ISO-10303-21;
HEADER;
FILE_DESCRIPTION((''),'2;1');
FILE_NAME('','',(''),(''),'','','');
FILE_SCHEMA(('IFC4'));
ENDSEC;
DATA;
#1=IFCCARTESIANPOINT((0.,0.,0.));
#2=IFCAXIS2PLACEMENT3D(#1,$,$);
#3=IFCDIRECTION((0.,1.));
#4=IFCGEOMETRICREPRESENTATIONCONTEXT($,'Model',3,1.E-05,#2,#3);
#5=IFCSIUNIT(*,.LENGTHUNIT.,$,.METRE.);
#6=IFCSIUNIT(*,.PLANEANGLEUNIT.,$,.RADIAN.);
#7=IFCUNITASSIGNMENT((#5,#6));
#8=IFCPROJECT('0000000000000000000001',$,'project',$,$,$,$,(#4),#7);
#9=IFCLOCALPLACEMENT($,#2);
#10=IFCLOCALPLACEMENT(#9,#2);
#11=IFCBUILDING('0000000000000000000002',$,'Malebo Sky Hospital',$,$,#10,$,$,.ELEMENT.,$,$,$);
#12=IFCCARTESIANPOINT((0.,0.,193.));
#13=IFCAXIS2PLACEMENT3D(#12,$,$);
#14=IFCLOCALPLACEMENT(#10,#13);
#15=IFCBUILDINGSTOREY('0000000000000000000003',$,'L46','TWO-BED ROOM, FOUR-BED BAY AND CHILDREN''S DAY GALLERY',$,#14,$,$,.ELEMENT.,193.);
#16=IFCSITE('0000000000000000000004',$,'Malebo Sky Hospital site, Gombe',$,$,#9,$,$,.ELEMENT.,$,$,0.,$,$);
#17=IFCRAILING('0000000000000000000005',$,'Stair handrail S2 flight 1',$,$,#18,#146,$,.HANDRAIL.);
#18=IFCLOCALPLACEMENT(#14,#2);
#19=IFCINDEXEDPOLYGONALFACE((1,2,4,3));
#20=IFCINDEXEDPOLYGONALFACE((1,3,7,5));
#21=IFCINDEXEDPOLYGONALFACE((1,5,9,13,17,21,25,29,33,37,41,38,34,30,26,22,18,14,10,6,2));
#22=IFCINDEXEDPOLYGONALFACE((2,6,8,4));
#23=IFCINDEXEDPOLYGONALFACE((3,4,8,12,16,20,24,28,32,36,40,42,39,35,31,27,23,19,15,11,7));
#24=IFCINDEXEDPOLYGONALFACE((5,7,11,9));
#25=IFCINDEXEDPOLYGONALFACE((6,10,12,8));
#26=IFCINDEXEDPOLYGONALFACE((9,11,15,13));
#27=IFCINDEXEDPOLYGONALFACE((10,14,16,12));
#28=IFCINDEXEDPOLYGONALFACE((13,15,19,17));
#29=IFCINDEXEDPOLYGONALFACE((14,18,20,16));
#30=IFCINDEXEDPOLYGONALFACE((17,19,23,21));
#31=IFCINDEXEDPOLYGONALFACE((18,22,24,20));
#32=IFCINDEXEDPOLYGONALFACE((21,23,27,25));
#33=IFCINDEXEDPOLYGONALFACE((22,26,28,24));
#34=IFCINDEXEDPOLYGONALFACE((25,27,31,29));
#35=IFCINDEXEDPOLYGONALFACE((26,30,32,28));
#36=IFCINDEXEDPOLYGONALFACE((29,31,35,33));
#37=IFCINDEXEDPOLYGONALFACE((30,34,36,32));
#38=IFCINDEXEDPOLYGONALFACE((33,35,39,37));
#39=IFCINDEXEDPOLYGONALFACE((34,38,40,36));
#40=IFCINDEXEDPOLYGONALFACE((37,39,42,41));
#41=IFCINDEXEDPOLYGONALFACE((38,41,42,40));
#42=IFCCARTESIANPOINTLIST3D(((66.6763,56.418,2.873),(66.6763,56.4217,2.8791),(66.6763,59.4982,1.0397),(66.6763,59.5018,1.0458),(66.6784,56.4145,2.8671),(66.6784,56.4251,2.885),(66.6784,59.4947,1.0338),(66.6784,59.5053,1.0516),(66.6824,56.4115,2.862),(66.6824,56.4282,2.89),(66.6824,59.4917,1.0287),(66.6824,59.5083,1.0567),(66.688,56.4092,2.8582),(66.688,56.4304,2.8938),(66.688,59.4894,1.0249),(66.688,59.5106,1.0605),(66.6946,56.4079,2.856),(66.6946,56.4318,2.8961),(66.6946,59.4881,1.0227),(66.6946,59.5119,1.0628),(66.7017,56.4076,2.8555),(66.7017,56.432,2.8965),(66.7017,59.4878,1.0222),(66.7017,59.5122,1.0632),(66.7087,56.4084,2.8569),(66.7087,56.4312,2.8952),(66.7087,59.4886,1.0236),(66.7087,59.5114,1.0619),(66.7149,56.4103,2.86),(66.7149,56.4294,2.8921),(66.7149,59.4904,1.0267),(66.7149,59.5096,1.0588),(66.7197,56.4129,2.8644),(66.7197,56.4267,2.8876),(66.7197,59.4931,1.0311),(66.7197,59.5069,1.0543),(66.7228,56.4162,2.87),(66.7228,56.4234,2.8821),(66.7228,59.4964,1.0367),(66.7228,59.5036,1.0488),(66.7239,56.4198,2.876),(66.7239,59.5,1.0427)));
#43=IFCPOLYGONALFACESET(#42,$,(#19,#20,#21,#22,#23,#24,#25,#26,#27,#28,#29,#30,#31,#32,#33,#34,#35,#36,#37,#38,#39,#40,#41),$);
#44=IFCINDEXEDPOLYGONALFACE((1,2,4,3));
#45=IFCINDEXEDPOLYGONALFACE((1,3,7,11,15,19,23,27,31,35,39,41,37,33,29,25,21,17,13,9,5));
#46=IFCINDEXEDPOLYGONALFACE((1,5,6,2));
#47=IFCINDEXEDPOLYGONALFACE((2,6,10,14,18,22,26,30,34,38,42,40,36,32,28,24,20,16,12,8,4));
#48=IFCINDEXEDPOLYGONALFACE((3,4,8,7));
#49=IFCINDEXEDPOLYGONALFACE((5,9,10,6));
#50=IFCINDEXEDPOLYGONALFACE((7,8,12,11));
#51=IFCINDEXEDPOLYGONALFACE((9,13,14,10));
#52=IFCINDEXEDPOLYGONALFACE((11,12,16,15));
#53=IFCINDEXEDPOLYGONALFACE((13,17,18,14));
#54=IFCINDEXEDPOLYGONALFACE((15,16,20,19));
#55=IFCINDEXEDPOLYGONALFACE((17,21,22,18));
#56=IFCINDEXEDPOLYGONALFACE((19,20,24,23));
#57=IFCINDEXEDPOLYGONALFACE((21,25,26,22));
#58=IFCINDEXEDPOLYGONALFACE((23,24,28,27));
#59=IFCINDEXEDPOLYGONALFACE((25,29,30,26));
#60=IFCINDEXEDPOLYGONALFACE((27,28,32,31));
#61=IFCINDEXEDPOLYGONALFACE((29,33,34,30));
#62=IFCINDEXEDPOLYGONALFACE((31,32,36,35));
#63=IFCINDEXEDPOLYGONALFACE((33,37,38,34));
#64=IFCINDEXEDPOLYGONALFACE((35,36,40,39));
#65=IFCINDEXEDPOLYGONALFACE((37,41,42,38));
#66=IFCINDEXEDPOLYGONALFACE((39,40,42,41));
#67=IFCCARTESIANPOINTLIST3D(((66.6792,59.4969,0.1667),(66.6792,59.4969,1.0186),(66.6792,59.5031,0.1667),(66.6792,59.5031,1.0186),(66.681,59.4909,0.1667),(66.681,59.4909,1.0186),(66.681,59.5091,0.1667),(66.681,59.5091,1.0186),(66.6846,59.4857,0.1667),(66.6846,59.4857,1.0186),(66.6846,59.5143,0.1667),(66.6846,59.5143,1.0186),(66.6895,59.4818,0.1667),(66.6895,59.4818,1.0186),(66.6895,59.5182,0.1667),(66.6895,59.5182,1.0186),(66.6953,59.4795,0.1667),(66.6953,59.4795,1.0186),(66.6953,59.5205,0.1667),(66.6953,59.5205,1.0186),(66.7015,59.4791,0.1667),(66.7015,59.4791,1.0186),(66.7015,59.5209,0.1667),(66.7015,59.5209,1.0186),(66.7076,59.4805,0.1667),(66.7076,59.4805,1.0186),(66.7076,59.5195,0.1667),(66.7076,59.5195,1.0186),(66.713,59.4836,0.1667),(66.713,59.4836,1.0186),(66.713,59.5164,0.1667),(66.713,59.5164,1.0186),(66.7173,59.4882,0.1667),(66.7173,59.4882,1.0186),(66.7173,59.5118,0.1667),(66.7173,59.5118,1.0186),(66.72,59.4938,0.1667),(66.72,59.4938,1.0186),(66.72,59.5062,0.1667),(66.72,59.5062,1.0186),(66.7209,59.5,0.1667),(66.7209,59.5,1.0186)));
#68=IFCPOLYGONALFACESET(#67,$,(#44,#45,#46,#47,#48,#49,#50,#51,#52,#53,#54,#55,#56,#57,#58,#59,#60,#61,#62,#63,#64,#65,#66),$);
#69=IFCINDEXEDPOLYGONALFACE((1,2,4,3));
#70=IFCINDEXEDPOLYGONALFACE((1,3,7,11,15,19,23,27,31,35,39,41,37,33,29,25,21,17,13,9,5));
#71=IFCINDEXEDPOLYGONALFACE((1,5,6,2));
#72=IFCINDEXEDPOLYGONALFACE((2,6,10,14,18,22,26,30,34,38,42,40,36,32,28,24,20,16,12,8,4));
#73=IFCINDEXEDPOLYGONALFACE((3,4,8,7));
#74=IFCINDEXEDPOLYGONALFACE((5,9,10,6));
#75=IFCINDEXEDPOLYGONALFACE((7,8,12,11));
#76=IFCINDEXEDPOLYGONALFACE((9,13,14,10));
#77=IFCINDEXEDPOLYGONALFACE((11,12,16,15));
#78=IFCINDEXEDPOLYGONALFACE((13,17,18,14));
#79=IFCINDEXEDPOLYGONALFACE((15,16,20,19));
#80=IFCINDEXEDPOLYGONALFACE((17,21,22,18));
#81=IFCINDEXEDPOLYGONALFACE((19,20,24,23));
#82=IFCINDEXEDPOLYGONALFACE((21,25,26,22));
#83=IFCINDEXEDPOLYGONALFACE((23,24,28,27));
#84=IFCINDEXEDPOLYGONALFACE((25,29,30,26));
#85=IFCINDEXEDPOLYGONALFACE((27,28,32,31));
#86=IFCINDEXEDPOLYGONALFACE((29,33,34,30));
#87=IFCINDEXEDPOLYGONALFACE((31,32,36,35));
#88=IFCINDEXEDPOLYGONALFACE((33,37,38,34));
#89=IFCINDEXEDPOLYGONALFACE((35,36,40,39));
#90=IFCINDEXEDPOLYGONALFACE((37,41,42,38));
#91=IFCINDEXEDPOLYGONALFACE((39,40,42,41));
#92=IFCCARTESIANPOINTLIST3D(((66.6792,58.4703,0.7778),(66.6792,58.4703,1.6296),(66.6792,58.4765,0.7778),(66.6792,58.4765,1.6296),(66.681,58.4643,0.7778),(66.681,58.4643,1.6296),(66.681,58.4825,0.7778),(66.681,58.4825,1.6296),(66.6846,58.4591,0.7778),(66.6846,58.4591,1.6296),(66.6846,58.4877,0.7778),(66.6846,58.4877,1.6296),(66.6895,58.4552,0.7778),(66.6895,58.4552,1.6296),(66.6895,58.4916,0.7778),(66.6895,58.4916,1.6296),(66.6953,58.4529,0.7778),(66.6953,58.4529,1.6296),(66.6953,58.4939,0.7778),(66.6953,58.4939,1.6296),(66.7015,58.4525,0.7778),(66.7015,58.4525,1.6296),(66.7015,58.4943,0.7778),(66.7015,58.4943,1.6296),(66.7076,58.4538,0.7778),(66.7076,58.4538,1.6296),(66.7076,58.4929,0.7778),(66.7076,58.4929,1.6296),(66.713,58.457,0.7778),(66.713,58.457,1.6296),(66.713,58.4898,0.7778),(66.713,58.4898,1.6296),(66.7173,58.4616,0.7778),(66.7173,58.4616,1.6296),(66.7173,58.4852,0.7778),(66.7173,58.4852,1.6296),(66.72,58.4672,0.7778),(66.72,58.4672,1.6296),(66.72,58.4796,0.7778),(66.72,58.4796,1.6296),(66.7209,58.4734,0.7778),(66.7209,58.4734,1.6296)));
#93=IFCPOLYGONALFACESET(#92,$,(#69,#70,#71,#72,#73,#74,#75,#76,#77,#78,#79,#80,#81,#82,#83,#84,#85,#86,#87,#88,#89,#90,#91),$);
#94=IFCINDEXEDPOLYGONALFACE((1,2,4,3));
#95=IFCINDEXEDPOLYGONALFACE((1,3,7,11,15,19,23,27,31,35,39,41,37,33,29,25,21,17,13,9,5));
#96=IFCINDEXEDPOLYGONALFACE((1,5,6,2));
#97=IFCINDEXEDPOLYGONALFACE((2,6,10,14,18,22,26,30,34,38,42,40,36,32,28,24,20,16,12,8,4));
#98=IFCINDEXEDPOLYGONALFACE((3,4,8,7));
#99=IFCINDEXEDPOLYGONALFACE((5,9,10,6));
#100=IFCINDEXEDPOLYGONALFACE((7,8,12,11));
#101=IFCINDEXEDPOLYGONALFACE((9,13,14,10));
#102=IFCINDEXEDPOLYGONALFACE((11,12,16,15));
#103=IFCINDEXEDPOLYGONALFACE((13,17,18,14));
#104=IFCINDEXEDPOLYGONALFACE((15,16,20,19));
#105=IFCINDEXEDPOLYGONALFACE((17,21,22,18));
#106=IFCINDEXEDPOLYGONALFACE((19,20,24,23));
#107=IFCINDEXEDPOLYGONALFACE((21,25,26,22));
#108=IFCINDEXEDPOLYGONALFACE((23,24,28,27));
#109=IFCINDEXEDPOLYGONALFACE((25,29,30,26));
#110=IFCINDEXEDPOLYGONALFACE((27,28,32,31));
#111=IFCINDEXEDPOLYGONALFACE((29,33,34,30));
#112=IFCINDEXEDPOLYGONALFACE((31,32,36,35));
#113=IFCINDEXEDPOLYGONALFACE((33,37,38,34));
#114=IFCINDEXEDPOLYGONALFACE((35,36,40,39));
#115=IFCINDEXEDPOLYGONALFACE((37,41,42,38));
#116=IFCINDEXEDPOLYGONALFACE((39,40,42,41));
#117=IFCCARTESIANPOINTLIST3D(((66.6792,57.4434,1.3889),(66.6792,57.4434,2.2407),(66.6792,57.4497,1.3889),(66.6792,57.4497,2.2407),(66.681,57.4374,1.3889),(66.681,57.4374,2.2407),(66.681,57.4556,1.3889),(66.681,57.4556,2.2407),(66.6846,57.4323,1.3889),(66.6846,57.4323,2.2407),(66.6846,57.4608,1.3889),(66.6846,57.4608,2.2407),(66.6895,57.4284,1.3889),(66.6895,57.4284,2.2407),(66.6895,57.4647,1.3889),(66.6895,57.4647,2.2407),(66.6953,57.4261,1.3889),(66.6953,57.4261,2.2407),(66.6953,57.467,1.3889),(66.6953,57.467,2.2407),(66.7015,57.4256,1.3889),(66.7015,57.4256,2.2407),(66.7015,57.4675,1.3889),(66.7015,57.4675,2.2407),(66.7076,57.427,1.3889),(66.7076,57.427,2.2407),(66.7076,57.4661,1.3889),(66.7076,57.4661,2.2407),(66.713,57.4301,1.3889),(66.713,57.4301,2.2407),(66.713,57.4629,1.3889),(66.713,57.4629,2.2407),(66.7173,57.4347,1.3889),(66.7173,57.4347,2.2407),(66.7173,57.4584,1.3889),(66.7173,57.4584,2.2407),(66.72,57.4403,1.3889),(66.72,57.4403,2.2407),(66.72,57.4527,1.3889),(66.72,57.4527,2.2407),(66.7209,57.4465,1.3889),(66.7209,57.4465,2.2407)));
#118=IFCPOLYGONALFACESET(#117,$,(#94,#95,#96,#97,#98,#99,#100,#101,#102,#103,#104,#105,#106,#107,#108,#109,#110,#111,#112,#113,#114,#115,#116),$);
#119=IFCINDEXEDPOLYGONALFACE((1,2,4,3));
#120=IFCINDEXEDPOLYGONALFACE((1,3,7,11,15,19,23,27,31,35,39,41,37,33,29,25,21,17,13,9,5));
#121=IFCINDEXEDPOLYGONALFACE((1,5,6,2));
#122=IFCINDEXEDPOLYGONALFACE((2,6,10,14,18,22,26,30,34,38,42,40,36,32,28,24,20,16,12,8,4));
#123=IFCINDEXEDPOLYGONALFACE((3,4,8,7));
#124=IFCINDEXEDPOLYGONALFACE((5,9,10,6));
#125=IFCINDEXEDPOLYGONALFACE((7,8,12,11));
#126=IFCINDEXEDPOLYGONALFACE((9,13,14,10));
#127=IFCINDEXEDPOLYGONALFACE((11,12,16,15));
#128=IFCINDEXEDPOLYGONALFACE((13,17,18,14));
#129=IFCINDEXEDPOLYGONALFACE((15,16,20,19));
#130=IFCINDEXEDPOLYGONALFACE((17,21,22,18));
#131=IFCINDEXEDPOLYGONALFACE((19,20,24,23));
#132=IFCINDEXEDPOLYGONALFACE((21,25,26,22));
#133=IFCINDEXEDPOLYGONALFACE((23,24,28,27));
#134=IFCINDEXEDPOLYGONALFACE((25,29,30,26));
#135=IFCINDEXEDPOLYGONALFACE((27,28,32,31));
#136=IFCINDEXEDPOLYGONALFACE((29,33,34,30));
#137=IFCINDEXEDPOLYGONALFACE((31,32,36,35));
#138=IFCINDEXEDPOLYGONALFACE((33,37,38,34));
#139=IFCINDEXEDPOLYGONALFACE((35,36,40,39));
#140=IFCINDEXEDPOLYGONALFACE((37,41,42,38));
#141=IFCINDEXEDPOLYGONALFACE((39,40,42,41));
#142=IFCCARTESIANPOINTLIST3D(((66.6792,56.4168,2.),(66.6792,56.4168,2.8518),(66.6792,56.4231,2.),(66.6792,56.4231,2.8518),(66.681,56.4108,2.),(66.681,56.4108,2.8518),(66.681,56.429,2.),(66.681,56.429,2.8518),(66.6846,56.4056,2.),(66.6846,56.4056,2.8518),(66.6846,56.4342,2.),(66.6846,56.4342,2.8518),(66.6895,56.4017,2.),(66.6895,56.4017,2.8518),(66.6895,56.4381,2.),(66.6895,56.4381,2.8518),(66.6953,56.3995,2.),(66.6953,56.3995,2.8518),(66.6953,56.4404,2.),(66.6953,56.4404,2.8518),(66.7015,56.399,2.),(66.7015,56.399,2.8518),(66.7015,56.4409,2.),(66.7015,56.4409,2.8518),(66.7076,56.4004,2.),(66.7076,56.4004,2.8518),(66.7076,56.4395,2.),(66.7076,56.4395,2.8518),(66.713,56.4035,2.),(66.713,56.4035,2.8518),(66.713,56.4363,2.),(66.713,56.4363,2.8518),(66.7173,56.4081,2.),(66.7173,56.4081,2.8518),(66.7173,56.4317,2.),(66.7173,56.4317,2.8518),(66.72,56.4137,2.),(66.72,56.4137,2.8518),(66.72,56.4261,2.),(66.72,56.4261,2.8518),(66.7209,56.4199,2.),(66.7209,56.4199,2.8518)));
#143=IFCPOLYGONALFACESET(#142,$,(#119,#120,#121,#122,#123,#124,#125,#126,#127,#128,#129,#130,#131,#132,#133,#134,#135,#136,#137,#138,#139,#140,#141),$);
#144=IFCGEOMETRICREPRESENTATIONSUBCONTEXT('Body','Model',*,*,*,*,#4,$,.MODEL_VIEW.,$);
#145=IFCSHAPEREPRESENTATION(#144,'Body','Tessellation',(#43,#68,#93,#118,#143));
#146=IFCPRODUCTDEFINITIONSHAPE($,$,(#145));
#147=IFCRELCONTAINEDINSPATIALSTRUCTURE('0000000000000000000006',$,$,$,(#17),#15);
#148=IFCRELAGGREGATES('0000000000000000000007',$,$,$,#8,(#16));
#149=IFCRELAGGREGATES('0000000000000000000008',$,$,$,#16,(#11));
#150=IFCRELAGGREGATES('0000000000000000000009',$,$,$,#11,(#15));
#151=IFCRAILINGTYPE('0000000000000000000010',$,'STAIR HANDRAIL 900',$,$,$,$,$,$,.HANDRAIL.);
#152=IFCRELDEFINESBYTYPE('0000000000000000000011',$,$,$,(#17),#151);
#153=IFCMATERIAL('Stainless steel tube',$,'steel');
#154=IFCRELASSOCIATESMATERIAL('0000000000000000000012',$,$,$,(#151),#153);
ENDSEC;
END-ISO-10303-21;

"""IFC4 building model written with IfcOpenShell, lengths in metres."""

from ifc_helpers import new_model, si_unit, direction, frame, origin, origin_2d, place, context, subcontext, project, spatial, circle, extrude, material, type_object, element, save


model = new_model("IFC4")

# Units and contexts
model_context = context("Model", 3, precision=1e-05, world=origin(), true_north=direction((0.0, 1.0)))
body_context = subcontext(model_context, "Body", "Model", "MODEL_VIEW")
ifc_project = project(units=[si_unit("LENGTHUNIT", "METRE"), si_unit("PLANEANGLEUNIT", "RADIAN")], contexts=[model_context])

# Site, building, storey
site_placement = place(None, origin())
site = spatial("IfcSite", under=ifc_project, at=site_placement, Name="Malebo Sky Hospital site, Gombe", CompositionType="ELEMENT", RefElevation=0.0)
building_placement = place(site_placement, origin())
building = spatial("IfcBuilding", under=site, at=building_placement, Name="Malebo Sky Hospital", CompositionType="ELEMENT")
storey_placement = place(building_placement, frame((0.0, 0.0, 193.0)))
storey = spatial("IfcBuildingStorey", under=building, at=storey_placement, Name="L46", Description="TWO-BED ROOM, FOUR-BED BAY AND CHILDREN'S DAY GALLERY", CompositionType="ELEMENT", Elevation=193.0)

# Railing
ifc_material_1 = material(Name="Stainless steel tube", Category="steel")
railing_type = type_object("IfcRailingType", Name="STAIR HANDRAIL 900", PredefinedType="HANDRAIL", material=ifc_material_1)
railing_1_placement = place(storey_placement, frame((66.7, 59.5, 0.1667)))
element("IfcRailing", 1, at=railing_1_placement, inside=storey, type_object=railing_type, Name="Stair handrail S2 flight 1", PredefinedType="HANDRAIL", context=body_context, shape_type="SweptSolid", body=[
    extrude(circle(Radius=0.0239, at=origin_2d()), frame((0.0, 0.0, 0.876), z_axis=(0.0, -0.859309, 0.511458), x_axis=(1.0, 0.0, 0.0)), (0.0, 0.0, 1.0), 3.5845),
    extrude(circle(Radius=0.021, at=origin_2d()), origin(), (0.0, 0.0, 1.0), 0.8518),
    extrude(circle(Radius=0.021, at=origin_2d()), frame((0.0, -1.0266, 0.6111)), (0.0, 0.0, 1.0), 0.8518),
    extrude(circle(Radius=0.021, at=origin_2d()), frame((0.0, -2.0535, 1.2222)), (0.0, 0.0, 1.0), 0.8518),
    extrude(circle(Radius=0.021, at=origin_2d()), frame((0.0, -3.0801, 1.8333)), (0.0, 0.0, 1.0), 0.8518),
])

save(model, "model.ifc")
